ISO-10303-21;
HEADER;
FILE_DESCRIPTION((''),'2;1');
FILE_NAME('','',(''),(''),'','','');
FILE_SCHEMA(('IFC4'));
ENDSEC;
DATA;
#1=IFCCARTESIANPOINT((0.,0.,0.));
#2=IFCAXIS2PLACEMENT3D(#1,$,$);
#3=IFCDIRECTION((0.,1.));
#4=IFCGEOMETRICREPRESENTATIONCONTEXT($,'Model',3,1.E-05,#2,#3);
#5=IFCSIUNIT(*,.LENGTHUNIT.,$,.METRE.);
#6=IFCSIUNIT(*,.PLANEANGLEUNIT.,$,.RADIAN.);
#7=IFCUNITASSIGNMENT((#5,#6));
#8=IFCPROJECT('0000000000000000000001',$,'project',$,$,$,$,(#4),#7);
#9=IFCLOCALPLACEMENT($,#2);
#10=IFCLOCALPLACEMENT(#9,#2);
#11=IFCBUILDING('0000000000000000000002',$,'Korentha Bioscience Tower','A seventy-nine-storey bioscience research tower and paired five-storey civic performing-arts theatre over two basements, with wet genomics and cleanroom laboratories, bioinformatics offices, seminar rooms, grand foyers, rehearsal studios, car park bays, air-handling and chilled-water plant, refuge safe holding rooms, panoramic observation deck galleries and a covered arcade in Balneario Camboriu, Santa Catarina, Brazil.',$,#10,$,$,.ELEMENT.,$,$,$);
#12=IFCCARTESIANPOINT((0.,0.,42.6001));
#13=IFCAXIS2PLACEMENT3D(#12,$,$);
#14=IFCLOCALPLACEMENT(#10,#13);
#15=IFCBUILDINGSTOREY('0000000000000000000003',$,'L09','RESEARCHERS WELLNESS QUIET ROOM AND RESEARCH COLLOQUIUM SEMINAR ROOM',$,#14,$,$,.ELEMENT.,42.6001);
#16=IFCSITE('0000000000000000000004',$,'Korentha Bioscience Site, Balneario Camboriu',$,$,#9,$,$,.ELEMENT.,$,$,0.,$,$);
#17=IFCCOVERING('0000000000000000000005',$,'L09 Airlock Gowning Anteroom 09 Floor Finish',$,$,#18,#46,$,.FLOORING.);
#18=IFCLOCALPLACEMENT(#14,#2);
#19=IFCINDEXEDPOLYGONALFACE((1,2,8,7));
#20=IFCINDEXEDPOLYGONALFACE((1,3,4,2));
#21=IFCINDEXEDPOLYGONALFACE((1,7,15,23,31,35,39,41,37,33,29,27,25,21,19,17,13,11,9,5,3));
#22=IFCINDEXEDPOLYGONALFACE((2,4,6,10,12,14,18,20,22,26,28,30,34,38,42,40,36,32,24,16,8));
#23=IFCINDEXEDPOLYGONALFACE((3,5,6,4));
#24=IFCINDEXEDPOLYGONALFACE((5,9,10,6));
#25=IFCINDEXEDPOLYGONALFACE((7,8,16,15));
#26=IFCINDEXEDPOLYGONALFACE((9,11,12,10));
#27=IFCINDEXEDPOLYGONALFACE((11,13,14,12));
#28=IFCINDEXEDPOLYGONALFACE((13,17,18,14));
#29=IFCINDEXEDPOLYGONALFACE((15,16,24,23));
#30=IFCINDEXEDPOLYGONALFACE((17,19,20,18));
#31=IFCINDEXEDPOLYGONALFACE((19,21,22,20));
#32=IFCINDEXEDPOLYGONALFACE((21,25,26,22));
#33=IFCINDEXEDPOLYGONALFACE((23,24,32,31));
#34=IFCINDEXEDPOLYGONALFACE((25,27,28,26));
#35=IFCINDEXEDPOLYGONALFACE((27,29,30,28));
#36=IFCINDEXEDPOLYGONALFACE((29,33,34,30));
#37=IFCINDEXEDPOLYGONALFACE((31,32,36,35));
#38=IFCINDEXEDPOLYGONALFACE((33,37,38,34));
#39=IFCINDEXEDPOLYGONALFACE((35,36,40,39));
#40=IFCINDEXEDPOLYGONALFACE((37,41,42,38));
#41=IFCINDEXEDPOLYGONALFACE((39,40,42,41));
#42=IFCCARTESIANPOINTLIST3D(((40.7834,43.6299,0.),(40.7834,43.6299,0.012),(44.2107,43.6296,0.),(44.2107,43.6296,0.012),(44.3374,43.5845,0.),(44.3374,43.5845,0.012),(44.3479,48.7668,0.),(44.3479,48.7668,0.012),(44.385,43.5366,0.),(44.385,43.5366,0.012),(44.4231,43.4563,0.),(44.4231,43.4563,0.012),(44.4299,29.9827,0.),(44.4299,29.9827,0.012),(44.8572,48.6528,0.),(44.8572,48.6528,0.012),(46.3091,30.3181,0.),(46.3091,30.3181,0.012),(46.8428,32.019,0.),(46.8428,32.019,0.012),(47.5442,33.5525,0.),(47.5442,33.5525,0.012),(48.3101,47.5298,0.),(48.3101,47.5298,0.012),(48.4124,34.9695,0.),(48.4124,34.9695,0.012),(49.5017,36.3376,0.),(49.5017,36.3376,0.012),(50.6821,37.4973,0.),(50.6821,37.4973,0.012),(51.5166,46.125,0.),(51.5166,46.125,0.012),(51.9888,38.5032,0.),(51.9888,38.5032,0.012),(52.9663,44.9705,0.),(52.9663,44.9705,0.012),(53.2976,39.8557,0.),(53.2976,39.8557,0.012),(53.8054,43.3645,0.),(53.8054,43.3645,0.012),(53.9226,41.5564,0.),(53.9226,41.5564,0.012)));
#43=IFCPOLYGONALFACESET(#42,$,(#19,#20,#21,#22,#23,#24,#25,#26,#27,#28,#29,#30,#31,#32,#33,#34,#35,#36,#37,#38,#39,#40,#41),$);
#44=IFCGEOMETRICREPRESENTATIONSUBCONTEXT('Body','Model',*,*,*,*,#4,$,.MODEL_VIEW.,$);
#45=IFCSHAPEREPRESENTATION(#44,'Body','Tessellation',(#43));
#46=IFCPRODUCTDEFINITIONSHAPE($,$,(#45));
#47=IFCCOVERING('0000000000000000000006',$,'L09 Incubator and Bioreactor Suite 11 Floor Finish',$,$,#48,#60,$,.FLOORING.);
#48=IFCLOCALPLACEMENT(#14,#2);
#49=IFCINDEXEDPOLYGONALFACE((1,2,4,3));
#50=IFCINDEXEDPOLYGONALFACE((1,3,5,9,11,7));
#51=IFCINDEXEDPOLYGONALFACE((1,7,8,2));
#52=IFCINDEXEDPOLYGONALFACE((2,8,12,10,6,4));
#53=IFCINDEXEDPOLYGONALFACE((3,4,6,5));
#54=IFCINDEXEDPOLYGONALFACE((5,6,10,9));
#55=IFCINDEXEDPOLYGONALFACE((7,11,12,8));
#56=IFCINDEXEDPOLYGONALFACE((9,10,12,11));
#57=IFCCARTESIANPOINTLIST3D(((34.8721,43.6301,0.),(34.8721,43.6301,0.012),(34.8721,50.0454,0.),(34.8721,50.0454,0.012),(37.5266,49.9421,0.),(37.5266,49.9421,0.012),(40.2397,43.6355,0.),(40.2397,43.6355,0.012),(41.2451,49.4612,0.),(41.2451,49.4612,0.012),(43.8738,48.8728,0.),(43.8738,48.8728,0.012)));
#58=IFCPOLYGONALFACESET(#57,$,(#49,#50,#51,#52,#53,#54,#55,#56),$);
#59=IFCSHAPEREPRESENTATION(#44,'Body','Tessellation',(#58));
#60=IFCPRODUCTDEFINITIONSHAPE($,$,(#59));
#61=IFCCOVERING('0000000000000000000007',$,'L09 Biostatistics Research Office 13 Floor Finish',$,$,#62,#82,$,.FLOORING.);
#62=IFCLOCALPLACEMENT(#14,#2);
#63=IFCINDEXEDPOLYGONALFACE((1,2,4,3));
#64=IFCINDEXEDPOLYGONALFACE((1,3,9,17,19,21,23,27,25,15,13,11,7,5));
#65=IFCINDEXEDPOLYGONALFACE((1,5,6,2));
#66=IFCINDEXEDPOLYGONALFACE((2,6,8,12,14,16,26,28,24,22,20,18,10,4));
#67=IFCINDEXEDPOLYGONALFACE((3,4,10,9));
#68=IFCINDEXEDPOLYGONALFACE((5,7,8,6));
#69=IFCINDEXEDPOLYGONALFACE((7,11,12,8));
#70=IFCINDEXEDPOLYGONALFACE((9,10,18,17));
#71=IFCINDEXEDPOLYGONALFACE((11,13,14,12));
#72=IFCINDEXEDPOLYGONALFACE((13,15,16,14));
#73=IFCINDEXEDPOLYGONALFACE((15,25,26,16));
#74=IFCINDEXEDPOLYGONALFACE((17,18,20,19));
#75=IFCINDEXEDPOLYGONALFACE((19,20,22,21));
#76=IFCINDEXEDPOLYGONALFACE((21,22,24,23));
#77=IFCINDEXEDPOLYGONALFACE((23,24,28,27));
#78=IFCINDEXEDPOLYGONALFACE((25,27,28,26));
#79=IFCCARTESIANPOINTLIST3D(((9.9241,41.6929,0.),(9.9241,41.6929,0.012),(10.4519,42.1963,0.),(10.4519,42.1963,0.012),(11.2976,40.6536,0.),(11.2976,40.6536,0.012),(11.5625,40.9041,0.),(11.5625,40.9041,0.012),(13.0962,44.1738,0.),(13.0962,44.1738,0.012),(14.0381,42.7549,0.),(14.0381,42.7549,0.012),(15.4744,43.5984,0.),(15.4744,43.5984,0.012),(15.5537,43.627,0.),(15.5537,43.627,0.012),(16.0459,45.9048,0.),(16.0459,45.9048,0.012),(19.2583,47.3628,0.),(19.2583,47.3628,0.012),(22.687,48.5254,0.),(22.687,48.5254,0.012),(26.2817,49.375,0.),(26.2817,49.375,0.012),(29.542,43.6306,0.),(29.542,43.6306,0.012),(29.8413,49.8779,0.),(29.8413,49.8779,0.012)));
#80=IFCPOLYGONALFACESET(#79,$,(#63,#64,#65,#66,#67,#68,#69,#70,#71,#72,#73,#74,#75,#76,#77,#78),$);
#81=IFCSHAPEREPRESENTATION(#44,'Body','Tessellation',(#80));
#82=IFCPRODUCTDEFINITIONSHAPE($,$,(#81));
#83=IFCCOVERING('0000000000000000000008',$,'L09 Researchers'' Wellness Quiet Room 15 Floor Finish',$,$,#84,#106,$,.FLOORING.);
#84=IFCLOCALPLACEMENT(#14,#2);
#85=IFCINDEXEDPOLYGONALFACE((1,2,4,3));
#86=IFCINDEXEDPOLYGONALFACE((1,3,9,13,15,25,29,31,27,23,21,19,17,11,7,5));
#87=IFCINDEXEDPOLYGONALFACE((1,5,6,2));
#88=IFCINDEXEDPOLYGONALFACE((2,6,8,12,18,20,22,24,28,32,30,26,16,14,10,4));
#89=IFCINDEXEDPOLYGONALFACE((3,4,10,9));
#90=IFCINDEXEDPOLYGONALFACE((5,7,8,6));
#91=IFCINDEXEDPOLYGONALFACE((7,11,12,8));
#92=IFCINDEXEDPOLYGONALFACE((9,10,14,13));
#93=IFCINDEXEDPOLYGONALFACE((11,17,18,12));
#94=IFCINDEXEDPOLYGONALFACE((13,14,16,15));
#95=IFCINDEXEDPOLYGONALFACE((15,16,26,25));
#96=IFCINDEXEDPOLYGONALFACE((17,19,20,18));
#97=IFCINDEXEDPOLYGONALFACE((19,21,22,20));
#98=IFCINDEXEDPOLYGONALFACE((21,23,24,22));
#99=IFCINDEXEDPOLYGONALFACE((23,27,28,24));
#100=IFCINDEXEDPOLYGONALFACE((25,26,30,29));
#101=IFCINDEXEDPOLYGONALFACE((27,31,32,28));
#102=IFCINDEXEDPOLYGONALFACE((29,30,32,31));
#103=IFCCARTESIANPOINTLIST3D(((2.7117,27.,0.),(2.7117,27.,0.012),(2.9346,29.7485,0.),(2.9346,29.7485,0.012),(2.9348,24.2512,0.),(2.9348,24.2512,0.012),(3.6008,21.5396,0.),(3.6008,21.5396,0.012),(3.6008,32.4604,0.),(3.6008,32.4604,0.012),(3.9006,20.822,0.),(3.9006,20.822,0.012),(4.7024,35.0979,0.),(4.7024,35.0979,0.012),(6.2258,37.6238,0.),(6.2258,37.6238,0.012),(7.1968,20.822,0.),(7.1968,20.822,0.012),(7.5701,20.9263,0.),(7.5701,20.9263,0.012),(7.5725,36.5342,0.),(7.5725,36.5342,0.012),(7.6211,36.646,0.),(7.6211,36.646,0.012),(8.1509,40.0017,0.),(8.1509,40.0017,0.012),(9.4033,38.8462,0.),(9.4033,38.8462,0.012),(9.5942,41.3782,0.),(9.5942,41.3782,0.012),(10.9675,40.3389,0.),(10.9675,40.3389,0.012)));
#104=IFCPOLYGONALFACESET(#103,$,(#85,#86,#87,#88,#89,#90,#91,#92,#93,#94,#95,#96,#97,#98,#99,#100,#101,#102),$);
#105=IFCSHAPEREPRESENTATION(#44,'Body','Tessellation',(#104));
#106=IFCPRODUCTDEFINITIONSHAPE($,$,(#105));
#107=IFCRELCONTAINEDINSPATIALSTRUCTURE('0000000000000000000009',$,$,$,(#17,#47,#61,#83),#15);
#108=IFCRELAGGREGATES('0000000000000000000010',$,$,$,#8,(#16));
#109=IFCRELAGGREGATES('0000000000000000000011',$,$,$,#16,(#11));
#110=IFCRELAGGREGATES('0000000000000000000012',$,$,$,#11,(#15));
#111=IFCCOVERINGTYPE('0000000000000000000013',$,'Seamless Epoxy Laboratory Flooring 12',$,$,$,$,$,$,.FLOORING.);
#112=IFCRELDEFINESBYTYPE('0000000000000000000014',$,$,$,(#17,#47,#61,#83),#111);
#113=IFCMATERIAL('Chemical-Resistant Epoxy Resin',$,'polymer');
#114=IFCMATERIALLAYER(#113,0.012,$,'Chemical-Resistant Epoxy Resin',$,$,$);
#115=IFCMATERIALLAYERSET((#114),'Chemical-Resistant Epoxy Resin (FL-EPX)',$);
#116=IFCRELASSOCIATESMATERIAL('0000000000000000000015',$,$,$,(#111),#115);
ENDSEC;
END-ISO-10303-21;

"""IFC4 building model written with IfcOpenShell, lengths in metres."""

from ifc_helpers import new_model, si_unit, direction, frame, origin, place, context, subcontext, project, spatial, polyline, outline, extrude, material, layer, layer_set, type_object, element, save


model = new_model("IFC4")

# Units and contexts
model_context = context("Model", 3, precision=1e-05, world=origin(), true_north=direction((0.0, 1.0)))
body_context = subcontext(model_context, "Body", "Model", "MODEL_VIEW")
ifc_project = project(units=[si_unit("LENGTHUNIT", "METRE"), si_unit("PLANEANGLEUNIT", "RADIAN")], contexts=[model_context])

# Site, building, storey
site_placement = place(None, origin())
site = spatial("IfcSite", under=ifc_project, at=site_placement, Name="Korentha Bioscience Site, Balneario Camboriu", CompositionType="ELEMENT", RefElevation=0.0)
building_placement = place(site_placement, origin())
building = spatial("IfcBuilding", under=site, at=building_placement, Name="Korentha Bioscience Tower", Description="A seventy-nine-storey bioscience research tower and paired five-storey civic performing-arts theatre over two basements, with wet genomics and cleanroom laboratories, bioinformatics offices, seminar rooms, grand foyers, rehearsal studios, car park bays, air-handling and chilled-water plant, refuge safe holding rooms, panoramic observation deck galleries and a covered arcade in Balneario Camboriu, Santa Catarina, Brazil.", CompositionType="ELEMENT")
storey_placement = place(building_placement, frame((0.0, 0.0, 42.6001)))
storey = spatial("IfcBuildingStorey", under=building, at=storey_placement, Name="L09", Description="RESEARCHERS WELLNESS QUIET ROOM AND RESEARCH COLLOQUIUM SEMINAR ROOM", CompositionType="ELEMENT", Elevation=42.6001)

# Coverings
ifc_material_1 = material(Name="Chemical-Resistant Epoxy Resin", Category="polymer")
ifc_layer_1 = layer(ifc_material_1, 0.012, Name="Chemical-Resistant Epoxy Resin")
ifc_layer_set_1 = layer_set([ifc_layer_1], Name="Chemical-Resistant Epoxy Resin (FL-EPX)")
covering_type_1 = type_object("IfcCoveringType", Name="Seamless Epoxy Laboratory Flooring 12", PredefinedType="FLOORING", material=ifc_layer_set_1)
covering_1_placement = place(storey_placement, origin())
element("IfcCovering", 1, at=covering_1_placement, inside=storey, type_object=covering_type_1, Name="L09 Airlock Gowning Anteroom 09 Floor Finish", PredefinedType="FLOORING", context=body_context, shape_type="SweptSolid", body=[
    extrude(outline(polyline([(44.8572, 48.6528), (48.3101, 47.5298), (51.5166, 46.125), (52.9663, 44.9705), (53.8054, 43.3645), (53.9226, 41.5564), (53.2976, 39.8557), (51.9888, 38.5032), (50.6821, 37.4973), (49.5017, 36.3376), (48.4124, 34.9695), (47.5442, 33.5525), (46.8428, 32.019), (46.3091, 30.3181), (44.4299, 29.9827), (44.4231, 43.4563), (44.385, 43.5366), (44.3374, 43.5845), (44.2107, 43.6296), (40.7834, 43.6299), (44.3479, 48.7668), (44.8572, 48.6528)])), origin(), (0.0, 0.0, 1.0), 0.012),
])
covering_2_placement = place(storey_placement, origin())
element("IfcCovering", 2, at=covering_2_placement, inside=storey, type_object=covering_type_1, Name="L09 Incubator and Bioreactor Suite 11 Floor Finish", PredefinedType="FLOORING", context=body_context, shape_type="SweptSolid", body=[
    extrude(outline(polyline([(43.8738, 48.8728), (40.2397, 43.6355), (34.8721, 43.6301), (34.8721, 50.0454), (37.5266, 49.9421), (41.2451, 49.4612), (43.8738, 48.8728)])), origin(), (0.0, 0.0, 1.0), 0.012),
])
covering_3_placement = place(storey_placement, origin())
element("IfcCovering", 3, at=covering_3_placement, inside=storey, type_object=covering_type_1, Name="L09 Biostatistics Research Office 13 Floor Finish", PredefinedType="FLOORING", context=body_context, shape_type="SweptSolid", body=[
    extrude(outline(polyline([(10.4519, 42.1963), (13.0962, 44.1738), (16.0459, 45.9048), (19.2583, 47.3628), (22.687, 48.5254), (26.2817, 49.375), (29.8413, 49.8779), (29.542, 43.6306), (15.5537, 43.627), (15.4744, 43.5984), (14.0381, 42.7549), (11.5625, 40.9041), (11.2976, 40.6536), (9.9241, 41.6929), (10.4519, 42.1963)])), origin(), (0.0, 0.0, 1.0), 0.012),
])
covering_4_placement = place(storey_placement, origin())
element("IfcCovering", 4, at=covering_4_placement, inside=storey, type_object=covering_type_1, Name="L09 Researchers' Wellness Quiet Room 15 Floor Finish", PredefinedType="FLOORING", context=body_context, shape_type="SweptSolid", body=[
    extrude(outline(polyline([(2.9346, 29.7485), (3.6008, 32.4604), (4.7024, 35.0979), (6.2258, 37.6238), (8.1509, 40.0017), (9.5942, 41.3782), (10.9675, 40.3389), (9.4033, 38.8462), (7.6211, 36.646), (7.5725, 36.5342), (7.5701, 20.9263), (7.1968, 20.822), (3.9006, 20.822), (3.6008, 21.5396), (2.9348, 24.2512), (2.7117, 27.0), (2.9346, 29.7485)])), origin(), (0.0, 0.0, 1.0), 0.012),
])

save(model, "model.ifc")
